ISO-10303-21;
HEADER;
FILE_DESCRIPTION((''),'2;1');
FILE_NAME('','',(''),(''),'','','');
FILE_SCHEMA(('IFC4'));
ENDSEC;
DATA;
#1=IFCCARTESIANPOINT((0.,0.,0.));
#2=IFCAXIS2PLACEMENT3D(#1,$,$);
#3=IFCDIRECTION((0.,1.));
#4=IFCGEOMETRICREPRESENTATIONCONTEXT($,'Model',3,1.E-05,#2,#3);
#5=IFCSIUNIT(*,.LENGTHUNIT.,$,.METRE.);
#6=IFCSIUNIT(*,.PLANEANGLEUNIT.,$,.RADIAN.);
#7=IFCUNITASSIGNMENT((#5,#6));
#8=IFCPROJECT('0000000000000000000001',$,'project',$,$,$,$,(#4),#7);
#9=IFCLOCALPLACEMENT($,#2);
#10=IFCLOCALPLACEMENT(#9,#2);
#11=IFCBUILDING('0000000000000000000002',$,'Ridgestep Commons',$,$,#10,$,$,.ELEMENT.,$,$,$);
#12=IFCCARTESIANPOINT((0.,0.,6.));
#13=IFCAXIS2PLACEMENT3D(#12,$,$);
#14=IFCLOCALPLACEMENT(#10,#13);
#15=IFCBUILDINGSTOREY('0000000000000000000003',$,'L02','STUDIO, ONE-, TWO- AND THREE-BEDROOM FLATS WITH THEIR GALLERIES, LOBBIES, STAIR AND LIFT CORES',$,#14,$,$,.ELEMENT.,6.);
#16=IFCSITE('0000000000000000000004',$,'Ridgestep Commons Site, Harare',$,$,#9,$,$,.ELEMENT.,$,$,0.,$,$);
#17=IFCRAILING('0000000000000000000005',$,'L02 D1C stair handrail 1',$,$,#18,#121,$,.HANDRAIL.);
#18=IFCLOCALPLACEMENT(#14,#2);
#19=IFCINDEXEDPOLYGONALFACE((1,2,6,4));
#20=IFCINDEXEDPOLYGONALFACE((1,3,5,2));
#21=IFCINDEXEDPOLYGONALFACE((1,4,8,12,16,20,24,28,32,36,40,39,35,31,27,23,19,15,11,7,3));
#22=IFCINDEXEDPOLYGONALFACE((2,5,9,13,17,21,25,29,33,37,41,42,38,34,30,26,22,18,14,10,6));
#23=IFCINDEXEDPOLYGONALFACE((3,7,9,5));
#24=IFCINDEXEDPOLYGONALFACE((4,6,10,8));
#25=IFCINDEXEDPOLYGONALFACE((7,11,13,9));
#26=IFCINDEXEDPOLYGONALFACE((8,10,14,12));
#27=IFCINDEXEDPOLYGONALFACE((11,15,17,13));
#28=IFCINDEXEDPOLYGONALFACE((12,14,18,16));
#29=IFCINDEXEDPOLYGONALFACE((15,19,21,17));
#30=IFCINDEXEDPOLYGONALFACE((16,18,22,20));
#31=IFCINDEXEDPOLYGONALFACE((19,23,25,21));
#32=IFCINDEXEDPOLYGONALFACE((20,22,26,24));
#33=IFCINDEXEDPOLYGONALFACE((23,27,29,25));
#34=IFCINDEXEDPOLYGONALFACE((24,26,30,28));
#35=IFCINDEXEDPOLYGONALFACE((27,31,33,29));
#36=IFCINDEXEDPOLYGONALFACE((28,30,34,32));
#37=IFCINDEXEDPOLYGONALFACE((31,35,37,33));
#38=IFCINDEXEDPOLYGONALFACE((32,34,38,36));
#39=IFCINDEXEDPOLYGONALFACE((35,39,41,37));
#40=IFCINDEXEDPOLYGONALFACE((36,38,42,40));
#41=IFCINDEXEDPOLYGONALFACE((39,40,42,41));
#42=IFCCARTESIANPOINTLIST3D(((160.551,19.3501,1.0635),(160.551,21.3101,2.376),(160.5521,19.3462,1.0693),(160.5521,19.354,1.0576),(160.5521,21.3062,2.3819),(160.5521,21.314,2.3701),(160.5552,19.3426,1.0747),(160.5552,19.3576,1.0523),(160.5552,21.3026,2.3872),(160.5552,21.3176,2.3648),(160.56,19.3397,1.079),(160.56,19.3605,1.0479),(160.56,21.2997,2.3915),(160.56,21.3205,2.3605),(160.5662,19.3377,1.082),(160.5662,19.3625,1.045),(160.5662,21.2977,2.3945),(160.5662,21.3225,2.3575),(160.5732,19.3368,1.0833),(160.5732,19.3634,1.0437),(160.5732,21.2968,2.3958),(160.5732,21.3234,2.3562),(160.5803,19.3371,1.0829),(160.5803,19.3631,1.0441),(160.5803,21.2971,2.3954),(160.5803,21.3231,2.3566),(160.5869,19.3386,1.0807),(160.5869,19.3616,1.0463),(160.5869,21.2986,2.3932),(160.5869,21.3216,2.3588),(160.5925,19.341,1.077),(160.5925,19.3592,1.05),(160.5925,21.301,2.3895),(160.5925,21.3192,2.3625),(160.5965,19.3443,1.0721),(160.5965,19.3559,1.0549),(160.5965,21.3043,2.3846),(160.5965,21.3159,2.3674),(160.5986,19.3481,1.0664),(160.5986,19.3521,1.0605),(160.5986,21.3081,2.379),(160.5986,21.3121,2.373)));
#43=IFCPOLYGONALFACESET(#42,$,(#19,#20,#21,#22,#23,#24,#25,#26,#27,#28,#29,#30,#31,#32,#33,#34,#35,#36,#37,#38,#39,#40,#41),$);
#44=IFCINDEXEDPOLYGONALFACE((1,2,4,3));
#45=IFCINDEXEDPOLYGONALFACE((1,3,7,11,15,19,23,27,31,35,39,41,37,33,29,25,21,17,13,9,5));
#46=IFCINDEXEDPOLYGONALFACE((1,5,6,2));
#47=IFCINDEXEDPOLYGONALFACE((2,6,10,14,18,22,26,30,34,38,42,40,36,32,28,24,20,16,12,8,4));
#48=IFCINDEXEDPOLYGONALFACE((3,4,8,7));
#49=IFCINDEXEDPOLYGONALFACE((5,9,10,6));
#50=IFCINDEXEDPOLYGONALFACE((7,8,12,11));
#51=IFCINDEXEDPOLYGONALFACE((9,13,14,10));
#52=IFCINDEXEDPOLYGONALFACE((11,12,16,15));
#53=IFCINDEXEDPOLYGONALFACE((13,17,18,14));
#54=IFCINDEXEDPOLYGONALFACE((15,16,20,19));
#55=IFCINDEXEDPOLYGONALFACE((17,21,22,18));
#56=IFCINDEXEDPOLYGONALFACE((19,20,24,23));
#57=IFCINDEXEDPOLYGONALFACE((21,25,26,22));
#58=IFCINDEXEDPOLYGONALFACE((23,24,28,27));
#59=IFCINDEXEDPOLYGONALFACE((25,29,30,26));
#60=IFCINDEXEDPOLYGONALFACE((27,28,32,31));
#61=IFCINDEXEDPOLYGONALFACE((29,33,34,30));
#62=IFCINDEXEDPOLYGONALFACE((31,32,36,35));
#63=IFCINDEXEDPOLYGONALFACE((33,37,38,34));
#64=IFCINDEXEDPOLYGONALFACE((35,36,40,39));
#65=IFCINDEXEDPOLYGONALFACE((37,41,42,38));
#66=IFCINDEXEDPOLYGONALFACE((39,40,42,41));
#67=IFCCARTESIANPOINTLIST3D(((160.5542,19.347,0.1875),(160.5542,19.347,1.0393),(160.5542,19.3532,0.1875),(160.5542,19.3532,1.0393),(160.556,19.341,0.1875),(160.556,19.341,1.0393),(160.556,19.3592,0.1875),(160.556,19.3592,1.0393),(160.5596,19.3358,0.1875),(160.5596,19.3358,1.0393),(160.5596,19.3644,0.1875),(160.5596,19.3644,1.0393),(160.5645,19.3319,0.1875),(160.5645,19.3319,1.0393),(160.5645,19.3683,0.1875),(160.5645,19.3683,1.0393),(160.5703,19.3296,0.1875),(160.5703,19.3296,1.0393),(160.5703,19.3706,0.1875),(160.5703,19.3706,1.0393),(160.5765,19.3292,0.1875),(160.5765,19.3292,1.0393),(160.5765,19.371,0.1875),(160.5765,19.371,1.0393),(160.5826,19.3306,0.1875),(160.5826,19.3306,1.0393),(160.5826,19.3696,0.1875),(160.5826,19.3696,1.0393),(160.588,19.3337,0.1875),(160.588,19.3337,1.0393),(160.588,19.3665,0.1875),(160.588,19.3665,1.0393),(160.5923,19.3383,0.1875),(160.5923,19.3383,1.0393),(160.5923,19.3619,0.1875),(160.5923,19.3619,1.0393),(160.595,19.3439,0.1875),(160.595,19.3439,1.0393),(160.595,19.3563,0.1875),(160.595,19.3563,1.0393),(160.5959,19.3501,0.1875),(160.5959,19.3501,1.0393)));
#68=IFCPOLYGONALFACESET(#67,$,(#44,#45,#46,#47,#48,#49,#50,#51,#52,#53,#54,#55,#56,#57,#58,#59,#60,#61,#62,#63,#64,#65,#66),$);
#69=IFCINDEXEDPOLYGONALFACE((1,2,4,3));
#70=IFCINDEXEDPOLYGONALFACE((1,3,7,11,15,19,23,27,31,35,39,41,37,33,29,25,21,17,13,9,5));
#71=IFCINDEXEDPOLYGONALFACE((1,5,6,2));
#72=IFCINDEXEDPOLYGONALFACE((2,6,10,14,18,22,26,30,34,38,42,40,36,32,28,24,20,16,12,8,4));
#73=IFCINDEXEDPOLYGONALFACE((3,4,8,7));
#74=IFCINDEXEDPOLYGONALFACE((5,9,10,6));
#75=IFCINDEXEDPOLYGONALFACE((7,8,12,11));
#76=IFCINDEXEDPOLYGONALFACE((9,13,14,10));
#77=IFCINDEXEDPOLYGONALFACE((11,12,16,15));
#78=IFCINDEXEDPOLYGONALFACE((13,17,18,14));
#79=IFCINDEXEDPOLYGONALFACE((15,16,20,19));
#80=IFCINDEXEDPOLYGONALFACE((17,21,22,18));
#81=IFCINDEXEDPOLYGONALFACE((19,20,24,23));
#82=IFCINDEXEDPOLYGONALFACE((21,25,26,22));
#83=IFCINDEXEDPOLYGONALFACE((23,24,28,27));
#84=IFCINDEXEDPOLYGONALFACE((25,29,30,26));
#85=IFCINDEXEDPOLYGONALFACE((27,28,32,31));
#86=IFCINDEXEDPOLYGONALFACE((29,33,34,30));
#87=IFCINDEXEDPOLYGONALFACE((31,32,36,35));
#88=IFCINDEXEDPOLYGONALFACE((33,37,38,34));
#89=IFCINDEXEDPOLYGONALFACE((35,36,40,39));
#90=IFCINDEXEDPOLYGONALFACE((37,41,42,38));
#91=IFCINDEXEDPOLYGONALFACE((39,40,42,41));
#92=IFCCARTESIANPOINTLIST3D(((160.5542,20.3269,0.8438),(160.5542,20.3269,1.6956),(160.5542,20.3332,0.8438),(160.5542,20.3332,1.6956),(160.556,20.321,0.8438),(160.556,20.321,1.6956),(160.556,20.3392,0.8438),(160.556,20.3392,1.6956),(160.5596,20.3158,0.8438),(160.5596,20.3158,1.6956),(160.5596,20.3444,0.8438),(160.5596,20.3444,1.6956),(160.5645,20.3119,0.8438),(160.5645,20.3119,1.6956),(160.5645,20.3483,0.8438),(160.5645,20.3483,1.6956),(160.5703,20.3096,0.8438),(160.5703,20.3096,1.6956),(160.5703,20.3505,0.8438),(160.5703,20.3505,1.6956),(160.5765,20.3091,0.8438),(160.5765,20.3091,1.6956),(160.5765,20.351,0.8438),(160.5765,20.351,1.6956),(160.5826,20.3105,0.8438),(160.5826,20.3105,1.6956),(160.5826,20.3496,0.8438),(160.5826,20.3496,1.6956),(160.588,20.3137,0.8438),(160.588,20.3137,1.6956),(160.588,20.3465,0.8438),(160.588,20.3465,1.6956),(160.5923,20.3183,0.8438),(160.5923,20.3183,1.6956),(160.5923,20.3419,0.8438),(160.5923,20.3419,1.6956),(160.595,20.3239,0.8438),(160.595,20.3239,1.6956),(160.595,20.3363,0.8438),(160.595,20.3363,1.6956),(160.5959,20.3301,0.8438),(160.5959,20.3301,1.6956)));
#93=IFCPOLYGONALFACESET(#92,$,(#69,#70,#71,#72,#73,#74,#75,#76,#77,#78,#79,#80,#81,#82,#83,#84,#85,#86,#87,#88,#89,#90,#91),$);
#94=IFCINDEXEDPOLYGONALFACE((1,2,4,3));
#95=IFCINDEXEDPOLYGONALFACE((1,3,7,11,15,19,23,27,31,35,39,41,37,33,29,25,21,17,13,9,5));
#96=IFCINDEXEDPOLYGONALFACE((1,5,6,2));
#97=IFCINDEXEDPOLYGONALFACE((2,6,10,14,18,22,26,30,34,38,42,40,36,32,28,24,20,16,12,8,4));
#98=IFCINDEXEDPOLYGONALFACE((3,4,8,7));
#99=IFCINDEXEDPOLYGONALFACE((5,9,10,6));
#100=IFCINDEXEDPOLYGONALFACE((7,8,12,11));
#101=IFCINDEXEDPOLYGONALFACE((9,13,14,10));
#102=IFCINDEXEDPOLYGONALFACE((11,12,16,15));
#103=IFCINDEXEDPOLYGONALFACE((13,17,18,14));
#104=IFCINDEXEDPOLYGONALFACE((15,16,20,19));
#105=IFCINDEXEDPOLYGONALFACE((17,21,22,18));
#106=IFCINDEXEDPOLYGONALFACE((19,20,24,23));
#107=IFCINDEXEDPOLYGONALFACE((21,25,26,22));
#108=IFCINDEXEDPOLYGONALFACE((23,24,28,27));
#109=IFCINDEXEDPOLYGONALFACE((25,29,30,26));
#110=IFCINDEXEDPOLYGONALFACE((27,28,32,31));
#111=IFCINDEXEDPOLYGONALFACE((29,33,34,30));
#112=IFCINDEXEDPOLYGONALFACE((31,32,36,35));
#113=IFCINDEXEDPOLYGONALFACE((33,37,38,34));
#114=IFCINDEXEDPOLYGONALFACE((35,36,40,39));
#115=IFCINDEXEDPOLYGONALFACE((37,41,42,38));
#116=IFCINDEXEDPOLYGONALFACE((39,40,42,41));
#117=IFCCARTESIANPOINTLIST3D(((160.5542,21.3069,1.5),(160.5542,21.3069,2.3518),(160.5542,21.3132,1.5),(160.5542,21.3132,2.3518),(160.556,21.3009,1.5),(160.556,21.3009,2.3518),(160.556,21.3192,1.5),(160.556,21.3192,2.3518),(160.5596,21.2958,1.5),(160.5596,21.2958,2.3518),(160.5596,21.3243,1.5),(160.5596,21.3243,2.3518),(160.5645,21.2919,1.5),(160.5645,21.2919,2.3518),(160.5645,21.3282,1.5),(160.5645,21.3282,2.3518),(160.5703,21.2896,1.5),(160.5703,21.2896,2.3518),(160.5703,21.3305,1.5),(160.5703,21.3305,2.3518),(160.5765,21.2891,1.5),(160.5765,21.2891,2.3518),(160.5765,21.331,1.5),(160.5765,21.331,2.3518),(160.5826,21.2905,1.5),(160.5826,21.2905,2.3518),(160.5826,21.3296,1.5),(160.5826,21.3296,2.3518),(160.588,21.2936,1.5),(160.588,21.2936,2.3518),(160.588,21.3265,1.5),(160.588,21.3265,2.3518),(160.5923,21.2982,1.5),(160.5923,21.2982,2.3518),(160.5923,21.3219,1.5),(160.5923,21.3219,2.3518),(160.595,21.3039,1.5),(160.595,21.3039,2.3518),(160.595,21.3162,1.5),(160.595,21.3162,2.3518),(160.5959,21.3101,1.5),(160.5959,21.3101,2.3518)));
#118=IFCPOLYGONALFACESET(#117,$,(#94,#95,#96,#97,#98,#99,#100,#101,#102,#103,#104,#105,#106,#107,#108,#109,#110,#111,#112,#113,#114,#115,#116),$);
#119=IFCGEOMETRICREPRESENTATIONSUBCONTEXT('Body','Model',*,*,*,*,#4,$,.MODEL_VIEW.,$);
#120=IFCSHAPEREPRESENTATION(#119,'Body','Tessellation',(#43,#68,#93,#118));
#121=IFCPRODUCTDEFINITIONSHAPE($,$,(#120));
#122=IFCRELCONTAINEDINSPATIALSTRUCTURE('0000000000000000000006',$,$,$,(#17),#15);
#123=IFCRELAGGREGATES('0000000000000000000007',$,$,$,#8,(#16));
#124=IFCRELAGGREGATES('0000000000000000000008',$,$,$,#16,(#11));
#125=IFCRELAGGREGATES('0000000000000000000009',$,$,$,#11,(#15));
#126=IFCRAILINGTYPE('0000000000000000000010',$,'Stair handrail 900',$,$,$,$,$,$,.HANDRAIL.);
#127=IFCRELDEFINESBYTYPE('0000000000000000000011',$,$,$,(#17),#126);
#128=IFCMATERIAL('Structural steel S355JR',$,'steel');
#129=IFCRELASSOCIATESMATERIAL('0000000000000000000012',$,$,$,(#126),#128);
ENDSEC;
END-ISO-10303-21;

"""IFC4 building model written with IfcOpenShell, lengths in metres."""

from ifc_helpers import new_model, si_unit, direction, frame, origin, origin_2d, place, context, subcontext, project, spatial, circle, extrude, material, type_object, element, save


model = new_model("IFC4")

# Units and contexts
model_context = context("Model", 3, precision=1e-05, world=origin(), true_north=direction((0.0, 1.0)))
body_context = subcontext(model_context, "Body", "Model", "MODEL_VIEW")
ifc_project = project(units=[si_unit("LENGTHUNIT", "METRE"), si_unit("PLANEANGLEUNIT", "RADIAN")], contexts=[model_context])

# Site, building, storey
site_placement = place(None, origin())
site = spatial("IfcSite", under=ifc_project, at=site_placement, Name="Ridgestep Commons Site, Harare", CompositionType="ELEMENT", RefElevation=0.0)
building_placement = place(site_placement, origin())
building = spatial("IfcBuilding", under=site, at=building_placement, Name="Ridgestep Commons", CompositionType="ELEMENT")
storey_placement = place(building_placement, frame((0.0, 0.0, 6.0)))
storey = spatial("IfcBuildingStorey", under=building, at=storey_placement, Name="L02", Description="STUDIO, ONE-, TWO- AND THREE-BEDROOM FLATS WITH THEIR GALLERIES, LOBBIES, STAIR AND LIFT CORES", CompositionType="ELEMENT", Elevation=6.0)

# Railing
ifc_material_1 = material(Name="Structural steel S355JR", Category="steel")
railing_type_1 = type_object("IfcRailingType", Name="Stair handrail 900", PredefinedType="HANDRAIL", material=ifc_material_1)
railing_1_placement = place(storey_placement, frame((160.575, 19.3501, 0.1875)))
element("IfcRailing", 1, at=railing_1_placement, inside=storey, type_object=railing_type_1, Name="L02 D1C stair handrail 1", PredefinedType="HANDRAIL", context=body_context, shape_type="SweptSolid", body=[
    extrude(circle(Radius=0.0239, at=origin_2d()), frame((0.0, 0.0, 0.876), z_axis=(0.0, 0.830902, 0.556419), x_axis=(-1.0, 0.0, 0.0)), (0.0, 0.0, 1.0), 2.3589),
    extrude(circle(Radius=0.021, at=origin_2d()), origin(), (0.0, 0.0, 1.0), 0.8518),
    extrude(circle(Radius=0.021, at=origin_2d()), frame((0.0, 0.98, 0.6562)), (0.0, 0.0, 1.0), 0.8518),
    extrude(circle(Radius=0.021, at=origin_2d()), frame((0.0, 1.96, 1.3125)), (0.0, 0.0, 1.0), 0.8518),
])

save(model, "model.ifc")
